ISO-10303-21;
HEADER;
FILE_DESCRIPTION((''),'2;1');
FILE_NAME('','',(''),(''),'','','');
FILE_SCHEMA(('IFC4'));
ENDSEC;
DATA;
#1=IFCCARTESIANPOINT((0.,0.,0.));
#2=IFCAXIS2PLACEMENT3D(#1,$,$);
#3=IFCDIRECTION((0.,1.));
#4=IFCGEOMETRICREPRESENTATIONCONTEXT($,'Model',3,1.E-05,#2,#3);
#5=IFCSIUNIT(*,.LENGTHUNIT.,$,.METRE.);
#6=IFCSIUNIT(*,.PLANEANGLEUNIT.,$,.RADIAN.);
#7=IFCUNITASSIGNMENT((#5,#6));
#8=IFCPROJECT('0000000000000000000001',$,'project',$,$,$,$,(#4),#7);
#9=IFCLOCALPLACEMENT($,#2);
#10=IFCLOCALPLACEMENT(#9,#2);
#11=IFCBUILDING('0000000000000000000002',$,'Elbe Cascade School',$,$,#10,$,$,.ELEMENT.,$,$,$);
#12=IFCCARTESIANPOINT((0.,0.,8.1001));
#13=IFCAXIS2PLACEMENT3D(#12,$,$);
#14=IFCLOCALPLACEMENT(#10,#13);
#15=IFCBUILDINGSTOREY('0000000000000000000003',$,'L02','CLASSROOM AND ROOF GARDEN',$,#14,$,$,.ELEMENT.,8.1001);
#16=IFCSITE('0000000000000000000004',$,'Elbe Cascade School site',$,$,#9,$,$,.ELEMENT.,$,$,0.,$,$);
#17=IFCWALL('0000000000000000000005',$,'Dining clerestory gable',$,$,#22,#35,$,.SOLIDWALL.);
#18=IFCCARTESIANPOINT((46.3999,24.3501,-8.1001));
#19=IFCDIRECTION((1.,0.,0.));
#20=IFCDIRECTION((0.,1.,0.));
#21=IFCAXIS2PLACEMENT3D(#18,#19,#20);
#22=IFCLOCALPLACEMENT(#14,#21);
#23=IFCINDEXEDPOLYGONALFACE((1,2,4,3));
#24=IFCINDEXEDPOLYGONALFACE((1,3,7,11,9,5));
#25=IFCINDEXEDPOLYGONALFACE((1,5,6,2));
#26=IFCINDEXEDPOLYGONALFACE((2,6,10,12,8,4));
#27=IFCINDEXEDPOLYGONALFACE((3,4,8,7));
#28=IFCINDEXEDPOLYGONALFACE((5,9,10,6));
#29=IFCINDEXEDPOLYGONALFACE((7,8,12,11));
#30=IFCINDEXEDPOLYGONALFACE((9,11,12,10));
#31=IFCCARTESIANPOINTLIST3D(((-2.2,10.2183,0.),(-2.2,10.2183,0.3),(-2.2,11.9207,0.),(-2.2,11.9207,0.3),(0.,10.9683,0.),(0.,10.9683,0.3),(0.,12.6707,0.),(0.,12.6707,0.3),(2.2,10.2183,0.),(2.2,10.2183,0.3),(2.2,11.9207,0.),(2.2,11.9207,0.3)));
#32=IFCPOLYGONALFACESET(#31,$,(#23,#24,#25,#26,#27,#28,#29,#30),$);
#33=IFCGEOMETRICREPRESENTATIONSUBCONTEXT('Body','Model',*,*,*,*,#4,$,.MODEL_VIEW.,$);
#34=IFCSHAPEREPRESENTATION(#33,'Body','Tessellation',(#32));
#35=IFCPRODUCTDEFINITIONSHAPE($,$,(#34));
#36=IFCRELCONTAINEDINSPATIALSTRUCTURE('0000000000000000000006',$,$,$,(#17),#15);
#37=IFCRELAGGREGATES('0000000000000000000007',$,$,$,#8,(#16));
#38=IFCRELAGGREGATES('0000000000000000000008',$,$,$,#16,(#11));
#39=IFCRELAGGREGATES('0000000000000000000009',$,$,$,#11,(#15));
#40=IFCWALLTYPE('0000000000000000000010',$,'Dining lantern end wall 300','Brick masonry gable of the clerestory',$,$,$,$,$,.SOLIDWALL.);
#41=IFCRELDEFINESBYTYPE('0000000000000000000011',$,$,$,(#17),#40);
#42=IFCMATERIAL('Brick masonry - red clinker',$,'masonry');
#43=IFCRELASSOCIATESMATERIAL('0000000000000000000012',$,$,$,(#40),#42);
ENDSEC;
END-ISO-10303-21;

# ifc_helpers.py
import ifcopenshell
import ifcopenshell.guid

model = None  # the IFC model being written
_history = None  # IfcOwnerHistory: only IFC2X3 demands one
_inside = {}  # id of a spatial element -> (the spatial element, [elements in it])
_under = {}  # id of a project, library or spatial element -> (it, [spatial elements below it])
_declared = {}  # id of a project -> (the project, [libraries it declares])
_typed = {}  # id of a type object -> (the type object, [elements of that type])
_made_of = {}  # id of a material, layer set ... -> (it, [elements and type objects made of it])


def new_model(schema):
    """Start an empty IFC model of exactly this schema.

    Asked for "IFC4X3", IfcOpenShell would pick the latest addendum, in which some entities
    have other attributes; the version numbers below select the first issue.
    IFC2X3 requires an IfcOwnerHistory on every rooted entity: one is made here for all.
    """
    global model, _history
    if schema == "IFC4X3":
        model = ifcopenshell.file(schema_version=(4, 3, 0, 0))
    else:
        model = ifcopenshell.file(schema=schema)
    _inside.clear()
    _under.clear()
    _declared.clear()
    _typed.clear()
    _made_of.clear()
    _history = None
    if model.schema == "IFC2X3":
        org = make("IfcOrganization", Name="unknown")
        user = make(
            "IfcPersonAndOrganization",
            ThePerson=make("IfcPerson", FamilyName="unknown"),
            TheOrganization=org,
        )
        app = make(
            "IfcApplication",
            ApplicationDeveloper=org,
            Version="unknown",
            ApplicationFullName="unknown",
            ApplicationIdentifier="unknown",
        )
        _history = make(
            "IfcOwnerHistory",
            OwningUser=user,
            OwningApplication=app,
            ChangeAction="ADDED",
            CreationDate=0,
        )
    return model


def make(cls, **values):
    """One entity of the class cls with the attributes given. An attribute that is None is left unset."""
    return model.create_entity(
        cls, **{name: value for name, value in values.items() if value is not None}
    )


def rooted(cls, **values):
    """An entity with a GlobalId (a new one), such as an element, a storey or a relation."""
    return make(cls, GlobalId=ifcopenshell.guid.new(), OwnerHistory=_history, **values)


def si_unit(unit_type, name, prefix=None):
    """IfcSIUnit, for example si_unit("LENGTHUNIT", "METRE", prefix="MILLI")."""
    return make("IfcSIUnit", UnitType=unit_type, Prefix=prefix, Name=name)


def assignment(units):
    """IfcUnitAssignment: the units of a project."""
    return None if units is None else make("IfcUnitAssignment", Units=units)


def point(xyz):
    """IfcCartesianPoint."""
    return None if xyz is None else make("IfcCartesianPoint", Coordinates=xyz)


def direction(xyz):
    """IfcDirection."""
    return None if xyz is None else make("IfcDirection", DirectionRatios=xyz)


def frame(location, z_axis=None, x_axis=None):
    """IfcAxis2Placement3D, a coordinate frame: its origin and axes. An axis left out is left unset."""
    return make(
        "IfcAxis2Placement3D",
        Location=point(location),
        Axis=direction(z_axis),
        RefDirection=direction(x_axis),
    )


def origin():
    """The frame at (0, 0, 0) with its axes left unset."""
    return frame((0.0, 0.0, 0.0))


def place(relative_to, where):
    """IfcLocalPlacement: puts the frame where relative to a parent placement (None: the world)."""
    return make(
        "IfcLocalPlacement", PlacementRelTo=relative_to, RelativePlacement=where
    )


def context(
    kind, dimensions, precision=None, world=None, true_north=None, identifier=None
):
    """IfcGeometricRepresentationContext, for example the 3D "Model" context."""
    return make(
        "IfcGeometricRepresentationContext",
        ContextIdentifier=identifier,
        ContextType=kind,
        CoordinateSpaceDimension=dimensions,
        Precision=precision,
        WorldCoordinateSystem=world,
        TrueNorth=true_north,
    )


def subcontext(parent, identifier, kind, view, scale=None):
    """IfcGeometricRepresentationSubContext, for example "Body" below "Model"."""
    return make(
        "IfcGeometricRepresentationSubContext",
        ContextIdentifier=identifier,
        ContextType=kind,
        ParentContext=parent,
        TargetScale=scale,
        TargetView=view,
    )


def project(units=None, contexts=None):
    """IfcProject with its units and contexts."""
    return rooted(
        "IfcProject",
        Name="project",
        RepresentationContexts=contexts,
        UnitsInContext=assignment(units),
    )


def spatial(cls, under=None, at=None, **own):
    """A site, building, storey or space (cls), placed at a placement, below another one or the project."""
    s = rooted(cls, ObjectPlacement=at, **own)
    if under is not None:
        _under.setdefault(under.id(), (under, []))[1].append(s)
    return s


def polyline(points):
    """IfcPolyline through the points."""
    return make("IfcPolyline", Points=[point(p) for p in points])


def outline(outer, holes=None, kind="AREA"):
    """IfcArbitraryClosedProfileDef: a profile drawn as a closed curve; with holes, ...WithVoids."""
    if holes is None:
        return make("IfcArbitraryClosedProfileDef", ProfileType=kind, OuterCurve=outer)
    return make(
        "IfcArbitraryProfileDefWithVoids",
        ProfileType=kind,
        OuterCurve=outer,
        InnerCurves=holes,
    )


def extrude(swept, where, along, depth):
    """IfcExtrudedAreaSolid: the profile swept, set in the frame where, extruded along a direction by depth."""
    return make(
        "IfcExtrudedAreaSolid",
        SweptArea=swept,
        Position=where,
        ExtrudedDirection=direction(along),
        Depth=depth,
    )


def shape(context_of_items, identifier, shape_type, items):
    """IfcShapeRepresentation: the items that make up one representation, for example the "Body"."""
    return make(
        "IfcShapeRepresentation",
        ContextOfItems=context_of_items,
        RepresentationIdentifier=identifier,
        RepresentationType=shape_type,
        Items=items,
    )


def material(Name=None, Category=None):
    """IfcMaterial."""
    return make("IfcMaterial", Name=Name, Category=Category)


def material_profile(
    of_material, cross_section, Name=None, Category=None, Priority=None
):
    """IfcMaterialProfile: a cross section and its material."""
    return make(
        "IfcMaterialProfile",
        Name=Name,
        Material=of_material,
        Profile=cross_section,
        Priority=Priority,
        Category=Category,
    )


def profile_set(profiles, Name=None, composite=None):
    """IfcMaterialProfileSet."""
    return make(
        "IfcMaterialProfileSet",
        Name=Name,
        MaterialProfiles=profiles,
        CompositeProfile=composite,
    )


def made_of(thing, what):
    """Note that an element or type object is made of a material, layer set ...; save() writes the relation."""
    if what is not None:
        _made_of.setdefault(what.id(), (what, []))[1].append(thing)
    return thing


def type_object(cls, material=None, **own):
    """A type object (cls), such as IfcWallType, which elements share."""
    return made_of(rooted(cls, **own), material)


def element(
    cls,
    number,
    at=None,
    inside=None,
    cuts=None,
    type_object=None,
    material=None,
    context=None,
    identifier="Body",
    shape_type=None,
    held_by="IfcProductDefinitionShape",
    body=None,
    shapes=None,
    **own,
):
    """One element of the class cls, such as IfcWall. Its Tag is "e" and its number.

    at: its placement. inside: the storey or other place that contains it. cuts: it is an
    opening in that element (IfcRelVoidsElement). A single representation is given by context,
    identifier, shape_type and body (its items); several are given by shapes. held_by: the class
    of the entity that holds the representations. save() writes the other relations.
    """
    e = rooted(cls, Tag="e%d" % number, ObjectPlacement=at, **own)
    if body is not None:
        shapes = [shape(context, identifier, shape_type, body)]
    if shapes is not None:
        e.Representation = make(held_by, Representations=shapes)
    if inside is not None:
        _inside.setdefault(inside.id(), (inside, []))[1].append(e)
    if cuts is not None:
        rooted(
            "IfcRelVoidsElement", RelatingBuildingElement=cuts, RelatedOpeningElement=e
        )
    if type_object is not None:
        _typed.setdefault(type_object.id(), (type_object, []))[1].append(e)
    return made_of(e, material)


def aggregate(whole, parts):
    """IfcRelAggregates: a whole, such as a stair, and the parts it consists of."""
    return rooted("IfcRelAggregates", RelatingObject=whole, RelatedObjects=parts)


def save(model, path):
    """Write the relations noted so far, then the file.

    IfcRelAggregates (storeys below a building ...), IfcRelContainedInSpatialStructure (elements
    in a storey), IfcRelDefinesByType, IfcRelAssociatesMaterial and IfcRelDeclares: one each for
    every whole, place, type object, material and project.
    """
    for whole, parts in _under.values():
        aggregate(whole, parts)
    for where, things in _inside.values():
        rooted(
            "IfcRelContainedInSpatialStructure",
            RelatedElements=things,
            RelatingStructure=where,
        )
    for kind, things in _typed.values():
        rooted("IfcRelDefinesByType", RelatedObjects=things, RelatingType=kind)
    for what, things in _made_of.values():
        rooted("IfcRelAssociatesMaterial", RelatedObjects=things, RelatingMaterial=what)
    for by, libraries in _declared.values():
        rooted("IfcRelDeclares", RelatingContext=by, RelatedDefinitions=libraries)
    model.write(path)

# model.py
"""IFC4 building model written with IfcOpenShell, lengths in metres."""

from ifc_helpers import new_model, si_unit, direction, frame, origin, place, context, subcontext, project, spatial, polyline, outline, extrude, material, material_profile, profile_set, type_object, element, save


model = new_model("IFC4")

# Units and contexts
model_context = context("Model", 3, precision=1e-05, world=origin(), true_north=direction((0.0, 1.0)))
body_context = subcontext(model_context, "Body", "Model", "MODEL_VIEW")
ifc_project = project(units=[si_unit("LENGTHUNIT", "METRE"), si_unit("PLANEANGLEUNIT", "RADIAN")], contexts=[model_context])

# Site, building, storey
site_placement = place(None, origin())
site = spatial("IfcSite", under=ifc_project, at=site_placement, Name="Elbe Cascade School site", CompositionType="ELEMENT", RefElevation=0.0)
building_placement = place(site_placement, origin())
building = spatial("IfcBuilding", under=site, at=building_placement, Name="Elbe Cascade School", CompositionType="ELEMENT")
storey_placement = place(building_placement, frame((0.0, 0.0, 8.1001)))
storey = spatial("IfcBuildingStorey", under=building, at=storey_placement, Name="L02", Description="CLASSROOM AND ROOF GARDEN", CompositionType="ELEMENT", Elevation=8.1001)

# Wall
ifc_material_1 = material(Name="Brick masonry - red clinker", Category="masonry")
ifc_material_profile_1 = material_profile(ifc_material_1, outline(polyline([(-2.2, 10.2183), (0.0, 10.9683), (2.2, 10.2183), (2.2, 11.9207), (0.0, 12.6707), (-2.2, 11.9207), (-2.2, 10.2183)])), Name="Dining lantern gable face")
ifc_profile_set_1 = profile_set([ifc_material_profile_1], Name="Brick masonry - red clinker")
wall_type_1 = type_object("IfcWallType", Name="Dining lantern end wall 300", Description="Brick masonry gable of the clerestory", PredefinedType="SOLIDWALL", material=ifc_profile_set_1)
wall_1_placement = place(storey_placement, frame((46.3999, 24.3501, -8.1001), z_axis=(1.0, 0.0, 0.0), x_axis=(0.0, 1.0, 0.0)))
element("IfcWall", 1, at=wall_1_placement, inside=storey, type_object=wall_type_1, Name="Dining clerestory gable", PredefinedType="SOLIDWALL", context=body_context, shape_type="SweptSolid", body=[
    extrude(outline(polyline([(-2.2, 10.2183), (0.0, 10.9683), (2.2, 10.2183), (2.2, 11.9207), (0.0, 12.6707), (-2.2, 11.9207), (-2.2, 10.2183)])), origin(), (0.0, 0.0, 1.0), 0.3),
])

save(model, "model.ifc")
